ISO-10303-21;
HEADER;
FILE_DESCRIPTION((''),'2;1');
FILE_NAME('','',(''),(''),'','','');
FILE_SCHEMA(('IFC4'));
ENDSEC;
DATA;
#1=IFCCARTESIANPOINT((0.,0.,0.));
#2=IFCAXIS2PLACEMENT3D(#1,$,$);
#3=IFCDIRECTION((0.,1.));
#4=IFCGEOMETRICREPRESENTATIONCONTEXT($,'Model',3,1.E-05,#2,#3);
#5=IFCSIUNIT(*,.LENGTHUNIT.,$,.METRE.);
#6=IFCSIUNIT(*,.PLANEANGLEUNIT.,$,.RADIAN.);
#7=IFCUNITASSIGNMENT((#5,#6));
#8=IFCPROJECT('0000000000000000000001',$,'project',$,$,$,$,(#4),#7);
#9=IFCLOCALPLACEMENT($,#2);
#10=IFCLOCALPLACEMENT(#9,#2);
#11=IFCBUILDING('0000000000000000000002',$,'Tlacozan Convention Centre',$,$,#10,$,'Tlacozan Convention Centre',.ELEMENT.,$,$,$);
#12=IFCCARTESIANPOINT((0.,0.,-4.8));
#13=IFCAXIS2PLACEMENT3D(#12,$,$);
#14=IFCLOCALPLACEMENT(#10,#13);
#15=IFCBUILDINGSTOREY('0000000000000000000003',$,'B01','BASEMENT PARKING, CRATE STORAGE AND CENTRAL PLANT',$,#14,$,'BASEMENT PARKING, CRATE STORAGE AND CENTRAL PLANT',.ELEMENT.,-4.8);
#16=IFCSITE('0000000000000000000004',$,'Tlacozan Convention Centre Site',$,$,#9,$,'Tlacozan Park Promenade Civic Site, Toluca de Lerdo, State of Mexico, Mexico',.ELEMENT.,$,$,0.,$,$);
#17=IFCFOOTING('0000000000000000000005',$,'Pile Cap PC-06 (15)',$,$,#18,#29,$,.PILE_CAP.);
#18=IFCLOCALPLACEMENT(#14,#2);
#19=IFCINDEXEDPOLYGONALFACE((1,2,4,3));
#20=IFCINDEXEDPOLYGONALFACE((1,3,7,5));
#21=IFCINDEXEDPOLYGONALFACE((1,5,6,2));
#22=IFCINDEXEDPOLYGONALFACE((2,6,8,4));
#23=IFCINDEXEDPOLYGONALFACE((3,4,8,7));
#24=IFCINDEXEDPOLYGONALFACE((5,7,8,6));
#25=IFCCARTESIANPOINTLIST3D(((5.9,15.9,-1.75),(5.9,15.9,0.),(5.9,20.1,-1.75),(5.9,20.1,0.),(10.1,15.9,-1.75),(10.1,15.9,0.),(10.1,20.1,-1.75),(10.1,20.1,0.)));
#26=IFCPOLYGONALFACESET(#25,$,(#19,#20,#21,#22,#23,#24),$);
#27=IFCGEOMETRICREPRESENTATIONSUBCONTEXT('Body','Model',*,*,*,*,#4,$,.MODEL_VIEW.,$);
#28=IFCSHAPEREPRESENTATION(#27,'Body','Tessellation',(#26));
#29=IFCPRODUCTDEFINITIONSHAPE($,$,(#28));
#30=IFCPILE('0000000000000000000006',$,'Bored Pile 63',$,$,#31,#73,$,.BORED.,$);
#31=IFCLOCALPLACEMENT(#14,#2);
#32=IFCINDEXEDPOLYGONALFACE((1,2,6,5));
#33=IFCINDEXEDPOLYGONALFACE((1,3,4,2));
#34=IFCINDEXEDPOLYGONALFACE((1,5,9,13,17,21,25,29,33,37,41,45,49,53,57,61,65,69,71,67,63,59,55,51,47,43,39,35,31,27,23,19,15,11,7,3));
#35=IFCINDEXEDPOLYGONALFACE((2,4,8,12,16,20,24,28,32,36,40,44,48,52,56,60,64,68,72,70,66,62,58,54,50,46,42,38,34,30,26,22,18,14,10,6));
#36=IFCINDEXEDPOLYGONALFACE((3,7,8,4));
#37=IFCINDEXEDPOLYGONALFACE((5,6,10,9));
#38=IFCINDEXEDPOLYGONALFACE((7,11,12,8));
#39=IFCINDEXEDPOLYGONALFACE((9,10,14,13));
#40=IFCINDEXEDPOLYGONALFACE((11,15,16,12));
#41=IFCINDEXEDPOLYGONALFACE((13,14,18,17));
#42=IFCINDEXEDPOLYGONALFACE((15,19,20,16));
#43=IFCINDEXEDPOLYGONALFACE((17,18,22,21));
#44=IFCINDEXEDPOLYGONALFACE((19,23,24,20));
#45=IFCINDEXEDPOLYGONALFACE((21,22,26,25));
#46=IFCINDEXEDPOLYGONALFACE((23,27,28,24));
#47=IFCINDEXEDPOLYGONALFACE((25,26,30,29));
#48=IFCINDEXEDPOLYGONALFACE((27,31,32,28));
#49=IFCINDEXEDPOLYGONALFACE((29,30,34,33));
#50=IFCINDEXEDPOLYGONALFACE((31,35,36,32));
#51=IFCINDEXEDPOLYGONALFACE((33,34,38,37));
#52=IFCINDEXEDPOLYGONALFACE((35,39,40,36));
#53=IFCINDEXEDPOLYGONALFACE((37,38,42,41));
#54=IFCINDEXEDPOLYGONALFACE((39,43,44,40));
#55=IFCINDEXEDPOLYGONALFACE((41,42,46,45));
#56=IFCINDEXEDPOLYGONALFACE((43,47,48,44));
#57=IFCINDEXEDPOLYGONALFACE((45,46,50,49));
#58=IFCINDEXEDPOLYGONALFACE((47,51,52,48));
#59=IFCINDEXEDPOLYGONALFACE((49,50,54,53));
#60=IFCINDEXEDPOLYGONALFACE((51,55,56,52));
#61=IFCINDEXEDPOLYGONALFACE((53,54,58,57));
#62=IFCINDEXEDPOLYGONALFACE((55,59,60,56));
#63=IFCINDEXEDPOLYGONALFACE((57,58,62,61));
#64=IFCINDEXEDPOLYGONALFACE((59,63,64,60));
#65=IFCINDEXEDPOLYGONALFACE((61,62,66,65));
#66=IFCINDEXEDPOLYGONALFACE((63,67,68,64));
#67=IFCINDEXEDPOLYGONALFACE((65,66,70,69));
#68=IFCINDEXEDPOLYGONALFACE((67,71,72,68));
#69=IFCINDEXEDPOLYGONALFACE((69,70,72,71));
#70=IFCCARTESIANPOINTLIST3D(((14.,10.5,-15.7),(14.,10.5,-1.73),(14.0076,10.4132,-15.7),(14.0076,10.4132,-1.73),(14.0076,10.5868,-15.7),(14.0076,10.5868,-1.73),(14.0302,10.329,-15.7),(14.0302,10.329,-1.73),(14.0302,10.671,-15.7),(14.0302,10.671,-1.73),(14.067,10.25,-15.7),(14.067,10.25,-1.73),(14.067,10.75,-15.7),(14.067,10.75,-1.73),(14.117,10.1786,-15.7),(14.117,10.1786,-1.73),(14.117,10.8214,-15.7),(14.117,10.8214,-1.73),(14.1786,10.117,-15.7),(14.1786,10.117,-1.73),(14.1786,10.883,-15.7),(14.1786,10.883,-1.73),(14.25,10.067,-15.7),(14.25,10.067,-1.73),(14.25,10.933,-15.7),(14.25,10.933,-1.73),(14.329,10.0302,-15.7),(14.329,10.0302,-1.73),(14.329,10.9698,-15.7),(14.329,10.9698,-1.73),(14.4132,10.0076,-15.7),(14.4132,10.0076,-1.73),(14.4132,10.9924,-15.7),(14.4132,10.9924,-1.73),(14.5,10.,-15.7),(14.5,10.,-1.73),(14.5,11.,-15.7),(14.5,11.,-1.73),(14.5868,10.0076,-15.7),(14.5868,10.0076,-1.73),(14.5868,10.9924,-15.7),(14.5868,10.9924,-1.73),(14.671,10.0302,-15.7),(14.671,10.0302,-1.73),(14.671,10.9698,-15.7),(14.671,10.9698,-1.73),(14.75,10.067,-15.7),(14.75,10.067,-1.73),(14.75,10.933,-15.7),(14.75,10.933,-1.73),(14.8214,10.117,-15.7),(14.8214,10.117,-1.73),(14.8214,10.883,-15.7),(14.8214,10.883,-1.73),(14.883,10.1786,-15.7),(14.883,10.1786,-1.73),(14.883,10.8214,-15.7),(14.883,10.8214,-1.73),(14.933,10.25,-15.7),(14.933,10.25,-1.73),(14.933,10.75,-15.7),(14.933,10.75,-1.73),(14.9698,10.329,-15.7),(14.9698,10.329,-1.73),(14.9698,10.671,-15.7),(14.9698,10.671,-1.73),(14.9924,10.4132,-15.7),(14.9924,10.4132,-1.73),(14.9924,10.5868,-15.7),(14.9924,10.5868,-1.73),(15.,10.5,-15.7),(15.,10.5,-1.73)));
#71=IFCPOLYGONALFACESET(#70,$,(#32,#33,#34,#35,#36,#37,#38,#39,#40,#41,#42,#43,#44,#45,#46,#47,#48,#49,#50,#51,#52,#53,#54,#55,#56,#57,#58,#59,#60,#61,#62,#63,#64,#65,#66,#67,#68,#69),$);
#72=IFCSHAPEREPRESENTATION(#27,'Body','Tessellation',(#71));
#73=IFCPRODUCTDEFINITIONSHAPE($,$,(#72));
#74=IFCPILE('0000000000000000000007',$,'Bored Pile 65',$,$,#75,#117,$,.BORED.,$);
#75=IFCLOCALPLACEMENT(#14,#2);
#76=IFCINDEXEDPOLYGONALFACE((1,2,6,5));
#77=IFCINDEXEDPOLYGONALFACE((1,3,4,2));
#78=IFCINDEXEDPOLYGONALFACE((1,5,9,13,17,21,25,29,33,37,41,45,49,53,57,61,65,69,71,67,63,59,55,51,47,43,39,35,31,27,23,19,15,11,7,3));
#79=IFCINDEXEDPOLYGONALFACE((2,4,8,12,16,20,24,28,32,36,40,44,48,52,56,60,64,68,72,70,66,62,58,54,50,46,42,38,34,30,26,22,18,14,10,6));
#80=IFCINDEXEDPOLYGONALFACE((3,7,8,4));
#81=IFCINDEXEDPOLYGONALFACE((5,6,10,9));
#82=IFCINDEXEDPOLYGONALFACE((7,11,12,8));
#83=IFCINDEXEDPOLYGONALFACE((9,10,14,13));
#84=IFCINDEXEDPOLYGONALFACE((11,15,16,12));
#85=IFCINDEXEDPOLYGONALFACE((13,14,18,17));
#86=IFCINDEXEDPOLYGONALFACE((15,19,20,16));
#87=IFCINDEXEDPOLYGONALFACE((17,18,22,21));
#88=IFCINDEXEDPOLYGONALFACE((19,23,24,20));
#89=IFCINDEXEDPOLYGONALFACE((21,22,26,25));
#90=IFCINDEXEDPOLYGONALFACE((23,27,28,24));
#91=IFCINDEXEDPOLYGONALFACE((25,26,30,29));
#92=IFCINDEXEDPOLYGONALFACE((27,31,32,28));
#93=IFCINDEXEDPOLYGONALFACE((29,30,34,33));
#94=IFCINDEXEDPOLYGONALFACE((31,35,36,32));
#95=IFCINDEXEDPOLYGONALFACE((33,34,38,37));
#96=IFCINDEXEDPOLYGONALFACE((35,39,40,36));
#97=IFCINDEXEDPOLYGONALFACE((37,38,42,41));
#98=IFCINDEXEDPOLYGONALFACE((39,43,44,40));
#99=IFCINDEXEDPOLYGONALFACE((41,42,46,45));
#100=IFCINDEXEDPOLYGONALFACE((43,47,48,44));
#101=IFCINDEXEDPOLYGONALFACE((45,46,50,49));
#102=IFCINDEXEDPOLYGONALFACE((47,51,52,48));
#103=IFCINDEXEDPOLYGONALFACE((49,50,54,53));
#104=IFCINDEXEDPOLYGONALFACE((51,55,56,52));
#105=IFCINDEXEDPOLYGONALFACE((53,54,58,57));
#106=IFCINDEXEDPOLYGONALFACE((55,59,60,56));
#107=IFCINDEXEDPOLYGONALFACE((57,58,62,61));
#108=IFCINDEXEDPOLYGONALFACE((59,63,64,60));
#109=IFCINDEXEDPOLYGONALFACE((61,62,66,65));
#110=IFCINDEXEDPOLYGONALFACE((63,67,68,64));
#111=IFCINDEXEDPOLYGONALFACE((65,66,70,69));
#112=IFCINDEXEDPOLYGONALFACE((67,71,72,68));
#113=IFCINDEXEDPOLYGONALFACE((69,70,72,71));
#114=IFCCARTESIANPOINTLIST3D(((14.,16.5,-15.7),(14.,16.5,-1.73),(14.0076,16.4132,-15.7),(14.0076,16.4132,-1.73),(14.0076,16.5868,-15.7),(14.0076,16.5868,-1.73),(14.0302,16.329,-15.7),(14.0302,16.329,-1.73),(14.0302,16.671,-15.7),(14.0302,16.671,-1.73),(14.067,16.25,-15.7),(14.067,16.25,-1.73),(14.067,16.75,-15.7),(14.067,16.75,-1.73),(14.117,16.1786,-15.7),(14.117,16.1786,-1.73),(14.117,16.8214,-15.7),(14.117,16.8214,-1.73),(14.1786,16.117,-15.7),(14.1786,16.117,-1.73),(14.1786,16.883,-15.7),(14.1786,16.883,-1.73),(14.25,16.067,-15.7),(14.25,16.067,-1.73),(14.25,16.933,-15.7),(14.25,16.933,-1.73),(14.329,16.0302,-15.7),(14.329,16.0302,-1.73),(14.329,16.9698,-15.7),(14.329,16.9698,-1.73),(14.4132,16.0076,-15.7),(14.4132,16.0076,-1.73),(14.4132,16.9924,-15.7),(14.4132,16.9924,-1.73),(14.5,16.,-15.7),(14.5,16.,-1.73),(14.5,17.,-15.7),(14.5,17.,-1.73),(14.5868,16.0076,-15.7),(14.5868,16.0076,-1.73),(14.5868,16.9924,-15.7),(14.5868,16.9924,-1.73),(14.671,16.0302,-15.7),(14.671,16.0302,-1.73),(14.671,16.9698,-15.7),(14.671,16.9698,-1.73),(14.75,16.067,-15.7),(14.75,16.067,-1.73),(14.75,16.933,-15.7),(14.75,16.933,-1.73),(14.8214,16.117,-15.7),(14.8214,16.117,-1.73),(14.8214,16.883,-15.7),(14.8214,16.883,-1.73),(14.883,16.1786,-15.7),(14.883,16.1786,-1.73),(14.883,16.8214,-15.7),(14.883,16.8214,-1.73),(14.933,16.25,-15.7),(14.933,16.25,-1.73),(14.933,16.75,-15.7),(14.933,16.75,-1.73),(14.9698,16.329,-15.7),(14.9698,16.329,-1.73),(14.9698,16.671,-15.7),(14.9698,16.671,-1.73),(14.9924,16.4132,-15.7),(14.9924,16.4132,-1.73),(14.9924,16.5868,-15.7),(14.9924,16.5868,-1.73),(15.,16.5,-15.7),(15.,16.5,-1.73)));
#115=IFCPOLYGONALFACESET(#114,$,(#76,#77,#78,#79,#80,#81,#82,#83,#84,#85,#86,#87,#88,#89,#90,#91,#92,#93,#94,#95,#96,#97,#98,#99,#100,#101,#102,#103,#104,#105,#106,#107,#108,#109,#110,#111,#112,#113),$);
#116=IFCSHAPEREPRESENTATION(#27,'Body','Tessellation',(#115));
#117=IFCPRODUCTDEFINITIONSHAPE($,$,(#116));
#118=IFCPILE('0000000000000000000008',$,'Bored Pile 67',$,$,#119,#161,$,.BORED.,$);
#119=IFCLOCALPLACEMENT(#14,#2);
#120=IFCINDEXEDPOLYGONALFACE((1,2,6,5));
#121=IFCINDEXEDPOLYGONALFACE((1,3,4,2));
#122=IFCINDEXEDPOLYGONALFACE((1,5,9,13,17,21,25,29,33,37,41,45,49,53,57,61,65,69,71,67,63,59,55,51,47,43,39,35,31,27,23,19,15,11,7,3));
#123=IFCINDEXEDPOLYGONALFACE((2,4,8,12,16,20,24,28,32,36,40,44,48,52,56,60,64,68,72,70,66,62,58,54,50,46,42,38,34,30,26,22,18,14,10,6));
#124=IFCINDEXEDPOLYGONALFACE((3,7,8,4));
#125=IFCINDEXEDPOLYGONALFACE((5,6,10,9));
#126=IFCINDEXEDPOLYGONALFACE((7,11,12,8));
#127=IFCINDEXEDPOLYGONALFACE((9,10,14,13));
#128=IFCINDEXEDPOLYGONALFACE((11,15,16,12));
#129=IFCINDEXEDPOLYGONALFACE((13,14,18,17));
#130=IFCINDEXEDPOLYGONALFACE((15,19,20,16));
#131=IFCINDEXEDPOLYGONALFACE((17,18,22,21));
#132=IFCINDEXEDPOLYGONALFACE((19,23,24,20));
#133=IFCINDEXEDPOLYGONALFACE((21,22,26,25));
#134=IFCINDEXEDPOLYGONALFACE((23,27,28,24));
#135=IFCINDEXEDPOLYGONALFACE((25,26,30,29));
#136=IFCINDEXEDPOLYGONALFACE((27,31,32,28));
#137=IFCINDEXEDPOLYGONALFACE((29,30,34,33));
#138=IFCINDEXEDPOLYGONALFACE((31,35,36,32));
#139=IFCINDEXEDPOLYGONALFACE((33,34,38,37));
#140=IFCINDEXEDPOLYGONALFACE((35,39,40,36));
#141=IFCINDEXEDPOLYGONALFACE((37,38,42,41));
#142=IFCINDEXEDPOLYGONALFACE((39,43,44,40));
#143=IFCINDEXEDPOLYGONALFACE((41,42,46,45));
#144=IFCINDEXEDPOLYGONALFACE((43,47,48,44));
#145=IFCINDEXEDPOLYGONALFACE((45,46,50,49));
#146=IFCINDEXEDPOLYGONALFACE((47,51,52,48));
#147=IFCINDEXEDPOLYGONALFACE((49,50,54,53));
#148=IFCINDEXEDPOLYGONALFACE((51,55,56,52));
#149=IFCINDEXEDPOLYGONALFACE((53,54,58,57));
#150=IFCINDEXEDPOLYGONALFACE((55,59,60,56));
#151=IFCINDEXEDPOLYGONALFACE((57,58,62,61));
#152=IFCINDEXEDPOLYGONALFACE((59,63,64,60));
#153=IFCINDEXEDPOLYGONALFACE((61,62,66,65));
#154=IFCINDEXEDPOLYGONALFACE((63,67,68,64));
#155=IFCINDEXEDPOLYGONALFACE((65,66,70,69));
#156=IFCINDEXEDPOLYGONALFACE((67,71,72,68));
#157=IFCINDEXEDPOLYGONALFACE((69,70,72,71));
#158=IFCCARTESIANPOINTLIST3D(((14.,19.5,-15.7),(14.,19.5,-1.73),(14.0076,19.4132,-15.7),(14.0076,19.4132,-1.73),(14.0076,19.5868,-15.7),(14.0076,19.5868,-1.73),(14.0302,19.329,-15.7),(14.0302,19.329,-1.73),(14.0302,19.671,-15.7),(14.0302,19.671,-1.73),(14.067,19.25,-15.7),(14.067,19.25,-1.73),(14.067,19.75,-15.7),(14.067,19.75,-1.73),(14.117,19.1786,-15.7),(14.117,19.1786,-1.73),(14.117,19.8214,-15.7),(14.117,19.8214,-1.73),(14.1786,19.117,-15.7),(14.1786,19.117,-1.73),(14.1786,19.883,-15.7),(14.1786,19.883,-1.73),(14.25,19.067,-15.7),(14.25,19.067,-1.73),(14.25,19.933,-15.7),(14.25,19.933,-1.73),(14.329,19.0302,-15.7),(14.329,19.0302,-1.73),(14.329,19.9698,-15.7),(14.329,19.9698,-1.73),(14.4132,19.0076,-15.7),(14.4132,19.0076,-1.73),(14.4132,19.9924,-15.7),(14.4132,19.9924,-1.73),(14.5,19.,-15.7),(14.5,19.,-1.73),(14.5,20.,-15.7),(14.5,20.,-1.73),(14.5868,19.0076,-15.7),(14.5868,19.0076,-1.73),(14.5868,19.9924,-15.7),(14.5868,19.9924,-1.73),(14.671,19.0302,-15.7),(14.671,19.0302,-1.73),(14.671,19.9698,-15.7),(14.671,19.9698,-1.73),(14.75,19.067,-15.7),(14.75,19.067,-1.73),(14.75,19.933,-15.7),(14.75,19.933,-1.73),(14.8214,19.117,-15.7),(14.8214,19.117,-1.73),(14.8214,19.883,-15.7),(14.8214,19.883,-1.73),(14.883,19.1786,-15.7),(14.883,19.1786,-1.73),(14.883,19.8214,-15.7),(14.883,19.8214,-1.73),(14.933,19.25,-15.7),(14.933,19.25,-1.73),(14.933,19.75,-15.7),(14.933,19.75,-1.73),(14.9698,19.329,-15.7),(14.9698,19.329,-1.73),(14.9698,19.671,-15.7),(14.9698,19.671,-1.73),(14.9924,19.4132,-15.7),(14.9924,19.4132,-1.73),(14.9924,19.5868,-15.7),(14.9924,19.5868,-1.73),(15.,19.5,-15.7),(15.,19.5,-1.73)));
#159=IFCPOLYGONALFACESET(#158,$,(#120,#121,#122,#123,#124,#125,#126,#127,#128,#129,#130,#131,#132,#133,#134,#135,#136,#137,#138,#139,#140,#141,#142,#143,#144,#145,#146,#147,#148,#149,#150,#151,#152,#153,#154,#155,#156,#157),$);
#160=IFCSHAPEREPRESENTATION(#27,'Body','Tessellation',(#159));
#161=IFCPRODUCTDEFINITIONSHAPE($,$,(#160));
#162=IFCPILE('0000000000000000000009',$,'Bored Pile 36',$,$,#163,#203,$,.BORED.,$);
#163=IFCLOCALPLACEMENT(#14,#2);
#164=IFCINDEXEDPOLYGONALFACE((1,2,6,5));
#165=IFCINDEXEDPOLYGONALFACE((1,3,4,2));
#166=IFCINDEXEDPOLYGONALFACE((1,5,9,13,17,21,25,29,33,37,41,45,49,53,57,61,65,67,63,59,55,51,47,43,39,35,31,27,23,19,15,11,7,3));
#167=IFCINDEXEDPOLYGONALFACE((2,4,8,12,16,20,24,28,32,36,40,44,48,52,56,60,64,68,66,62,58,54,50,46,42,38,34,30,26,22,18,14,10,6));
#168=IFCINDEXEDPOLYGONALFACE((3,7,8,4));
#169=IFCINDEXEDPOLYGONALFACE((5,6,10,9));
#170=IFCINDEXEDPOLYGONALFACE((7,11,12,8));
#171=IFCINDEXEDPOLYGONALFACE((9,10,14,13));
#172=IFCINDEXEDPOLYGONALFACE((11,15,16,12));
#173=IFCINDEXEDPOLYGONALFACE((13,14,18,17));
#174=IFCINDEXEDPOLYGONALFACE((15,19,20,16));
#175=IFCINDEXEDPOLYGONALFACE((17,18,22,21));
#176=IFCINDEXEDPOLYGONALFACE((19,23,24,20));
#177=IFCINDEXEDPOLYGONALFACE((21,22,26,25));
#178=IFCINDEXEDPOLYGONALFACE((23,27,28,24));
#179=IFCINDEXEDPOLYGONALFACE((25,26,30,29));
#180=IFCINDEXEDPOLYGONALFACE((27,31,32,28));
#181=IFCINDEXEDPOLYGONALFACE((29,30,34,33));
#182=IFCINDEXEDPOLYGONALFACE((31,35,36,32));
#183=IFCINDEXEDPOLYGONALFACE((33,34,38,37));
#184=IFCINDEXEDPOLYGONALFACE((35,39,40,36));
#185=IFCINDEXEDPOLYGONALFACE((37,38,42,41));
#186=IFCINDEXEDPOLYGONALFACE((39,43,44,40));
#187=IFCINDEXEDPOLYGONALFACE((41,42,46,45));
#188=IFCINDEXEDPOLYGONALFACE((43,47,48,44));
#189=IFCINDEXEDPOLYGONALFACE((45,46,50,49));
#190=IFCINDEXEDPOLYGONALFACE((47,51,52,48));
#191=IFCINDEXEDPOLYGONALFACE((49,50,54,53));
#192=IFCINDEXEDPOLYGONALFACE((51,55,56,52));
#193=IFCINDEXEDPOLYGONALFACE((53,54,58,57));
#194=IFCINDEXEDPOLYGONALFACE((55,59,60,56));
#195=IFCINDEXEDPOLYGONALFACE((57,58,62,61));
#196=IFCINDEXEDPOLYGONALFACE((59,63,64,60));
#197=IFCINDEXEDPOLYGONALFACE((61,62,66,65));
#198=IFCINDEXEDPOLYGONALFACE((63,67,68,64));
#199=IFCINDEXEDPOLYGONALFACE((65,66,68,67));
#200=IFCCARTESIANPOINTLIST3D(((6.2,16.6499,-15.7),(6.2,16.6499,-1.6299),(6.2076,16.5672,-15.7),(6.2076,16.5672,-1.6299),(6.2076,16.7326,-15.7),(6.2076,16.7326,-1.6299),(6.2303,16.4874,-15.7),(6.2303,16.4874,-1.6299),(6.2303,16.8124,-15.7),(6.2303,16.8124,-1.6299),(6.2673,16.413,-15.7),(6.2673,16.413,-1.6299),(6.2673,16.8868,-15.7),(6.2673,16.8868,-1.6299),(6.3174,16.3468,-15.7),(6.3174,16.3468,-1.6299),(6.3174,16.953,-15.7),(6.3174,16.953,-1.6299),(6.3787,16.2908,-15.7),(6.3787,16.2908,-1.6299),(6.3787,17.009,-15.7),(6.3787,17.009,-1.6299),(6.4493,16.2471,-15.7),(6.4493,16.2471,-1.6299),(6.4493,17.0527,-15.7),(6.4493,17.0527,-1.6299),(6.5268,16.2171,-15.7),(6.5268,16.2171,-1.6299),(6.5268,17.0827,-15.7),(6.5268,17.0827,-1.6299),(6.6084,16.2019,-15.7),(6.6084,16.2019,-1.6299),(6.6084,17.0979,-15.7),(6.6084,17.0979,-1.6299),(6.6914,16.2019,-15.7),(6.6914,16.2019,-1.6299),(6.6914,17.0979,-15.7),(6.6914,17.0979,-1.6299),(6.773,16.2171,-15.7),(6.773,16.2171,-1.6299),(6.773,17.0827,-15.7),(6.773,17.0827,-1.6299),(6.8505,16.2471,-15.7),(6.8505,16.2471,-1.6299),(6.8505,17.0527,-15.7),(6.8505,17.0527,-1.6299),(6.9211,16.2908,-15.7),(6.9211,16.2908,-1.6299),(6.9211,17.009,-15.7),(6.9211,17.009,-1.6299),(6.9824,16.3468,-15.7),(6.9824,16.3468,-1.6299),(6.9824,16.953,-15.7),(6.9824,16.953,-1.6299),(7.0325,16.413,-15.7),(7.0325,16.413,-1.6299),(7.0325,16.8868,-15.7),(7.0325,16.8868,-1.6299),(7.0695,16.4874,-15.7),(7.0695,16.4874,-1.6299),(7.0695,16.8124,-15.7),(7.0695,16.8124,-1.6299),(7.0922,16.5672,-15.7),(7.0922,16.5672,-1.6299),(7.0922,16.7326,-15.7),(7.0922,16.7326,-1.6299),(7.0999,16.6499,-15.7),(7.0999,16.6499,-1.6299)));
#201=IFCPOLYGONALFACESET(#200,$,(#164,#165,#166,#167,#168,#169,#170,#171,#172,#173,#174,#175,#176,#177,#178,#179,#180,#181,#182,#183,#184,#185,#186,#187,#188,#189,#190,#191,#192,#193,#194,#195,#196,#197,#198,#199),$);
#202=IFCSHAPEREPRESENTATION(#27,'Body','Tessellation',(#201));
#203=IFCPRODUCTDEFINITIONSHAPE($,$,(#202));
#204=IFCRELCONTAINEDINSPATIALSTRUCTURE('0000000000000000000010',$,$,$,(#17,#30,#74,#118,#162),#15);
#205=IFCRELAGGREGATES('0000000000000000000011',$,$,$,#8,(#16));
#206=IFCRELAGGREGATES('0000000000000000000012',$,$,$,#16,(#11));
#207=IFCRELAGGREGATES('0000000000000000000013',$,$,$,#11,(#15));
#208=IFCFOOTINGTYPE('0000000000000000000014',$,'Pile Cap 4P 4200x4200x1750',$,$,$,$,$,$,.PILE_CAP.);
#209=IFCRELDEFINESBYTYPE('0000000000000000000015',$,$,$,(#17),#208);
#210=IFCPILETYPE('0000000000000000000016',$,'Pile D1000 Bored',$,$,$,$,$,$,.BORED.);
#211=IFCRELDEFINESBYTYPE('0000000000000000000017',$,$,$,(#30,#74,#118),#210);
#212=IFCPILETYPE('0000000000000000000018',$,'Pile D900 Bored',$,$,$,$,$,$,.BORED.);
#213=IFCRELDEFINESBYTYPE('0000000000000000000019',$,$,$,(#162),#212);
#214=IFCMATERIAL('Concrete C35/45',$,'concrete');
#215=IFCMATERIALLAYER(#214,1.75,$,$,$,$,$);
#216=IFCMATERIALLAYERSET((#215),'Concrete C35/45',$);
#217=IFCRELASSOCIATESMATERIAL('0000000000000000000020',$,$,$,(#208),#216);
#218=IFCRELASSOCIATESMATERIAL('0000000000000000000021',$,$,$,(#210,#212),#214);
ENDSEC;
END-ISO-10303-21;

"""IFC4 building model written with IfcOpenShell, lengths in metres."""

from ifc_helpers import new_model, si_unit, direction, frame, origin, origin_2d, place, context, subcontext, project, spatial, rectangle, circle, extrude, material, layer, layer_set, material_profile, profile_set, type_object, element, save


model = new_model("IFC4")

# Units and contexts
model_context = context("Model", 3, precision=1e-05, world=origin(), true_north=direction((0.0, 1.0)))
body_context = subcontext(model_context, "Body", "Model", "MODEL_VIEW")
ifc_project = project(units=[si_unit("LENGTHUNIT", "METRE"), si_unit("PLANEANGLEUNIT", "RADIAN")], contexts=[model_context])

# Site, building, storey
site_placement = place(None, origin())
site = spatial("IfcSite", under=ifc_project, at=site_placement, Name="Tlacozan Convention Centre Site", LongName="Tlacozan Park Promenade Civic Site, Toluca de Lerdo, State of Mexico, Mexico", CompositionType="ELEMENT", RefElevation=0.0)
building_placement = place(site_placement, origin())
building = spatial("IfcBuilding", under=site, at=building_placement, Name="Tlacozan Convention Centre", LongName="Tlacozan Convention Centre", CompositionType="ELEMENT")
storey_placement = place(building_placement, frame((0.0, 0.0, -4.8)))
storey = spatial("IfcBuildingStorey", under=building, at=storey_placement, Name="B01", Description="BASEMENT PARKING, CRATE STORAGE AND CENTRAL PLANT", LongName="BASEMENT PARKING, CRATE STORAGE AND CENTRAL PLANT", CompositionType="ELEMENT", Elevation=-4.8)

# Footing
ifc_material_1 = material(Name="Concrete C35/45", Category="concrete")
ifc_layer_1 = layer(ifc_material_1, 1.75)
ifc_layer_set_1 = layer_set([ifc_layer_1], Name="Concrete C35/45")
footing_type = type_object("IfcFootingType", Name="Pile Cap 4P 4200x4200x1750", PredefinedType="PILE_CAP", material=ifc_layer_set_1)
footing_placement = place(storey_placement, frame((8.0, 18.0, -1.75), z_axis=(0.0, 0.0, 1.0), x_axis=(1.0, 0.0, 0.0)))
element("IfcFooting", 1, at=footing_placement, inside=storey, type_object=footing_type, Name="Pile Cap PC-06 (15)", PredefinedType="PILE_CAP", context=body_context, shape_type="SweptSolid", body=[
    extrude(rectangle(XDim=4.2, YDim=4.2, at=origin_2d()), origin(), (0.0, 0.0, 1.0), 1.75),
])

# Piles
ifc_material_profile_1 = material_profile(ifc_material_1, circle(Radius=0.5, at=origin_2d()), Name="PILE D1000")
ifc_profile_set_1 = profile_set([ifc_material_profile_1], Name="Concrete C35/45")
pile_type_1 = type_object("IfcPileType", Name="Pile D1000 Bored", PredefinedType="BORED", material=ifc_profile_set_1)
for number, where, z_axis, x_axis, name in (
    (2, (14.5, 10.5, -1.73), (0.0, 0.0, -1.0), (1.0, 0.0, 0.0), "Bored Pile 63"),
    (3, (14.5, 16.5, -1.73), (0.0, 0.0, -1.0), (1.0, 0.0, 0.0), "Bored Pile 65"),
    (4, (14.5, 19.5, -1.73), (0.0, 0.0, -1.0), (1.0, 0.0, 0.0), "Bored Pile 67"),
):
    element("IfcPile", number, at=place(storey_placement, frame(where, z_axis=z_axis, x_axis=x_axis)), inside=storey, type_object=pile_type_1, Name=name, PredefinedType="BORED", context=body_context, shape_type="SweptSolid", body=[
        extrude(circle(Radius=0.5, at=origin_2d()), origin(), (0.0, 0.0, 1.0), 13.97),
    ])
ifc_material_profile_2 = material_profile(ifc_material_1, circle(Radius=0.45, at=origin_2d()), Name="PILE D900")
ifc_profile_set_2 = profile_set([ifc_material_profile_2], Name="Concrete C35/45")
pile_type_2 = type_object("IfcPileType", Name="Pile D900 Bored", PredefinedType="BORED", material=ifc_profile_set_2)
for number, where, z_axis, x_axis, name in (
    (5, (6.6499, 16.6499, -1.6299), (0.0, 0.0, -1.0), (1.0, 0.0, 0.0), "Bored Pile 36"),
):
    element("IfcPile", number, at=place(storey_placement, frame(where, z_axis=z_axis, x_axis=x_axis)), inside=storey, type_object=pile_type_2, Name=name, PredefinedType="BORED", context=body_context, shape_type="SweptSolid", body=[
        extrude(circle(Radius=0.45, at=origin_2d()), origin(), (0.0, 0.0, 1.0), 14.0701),
    ])

save(model, "model.ifc")
